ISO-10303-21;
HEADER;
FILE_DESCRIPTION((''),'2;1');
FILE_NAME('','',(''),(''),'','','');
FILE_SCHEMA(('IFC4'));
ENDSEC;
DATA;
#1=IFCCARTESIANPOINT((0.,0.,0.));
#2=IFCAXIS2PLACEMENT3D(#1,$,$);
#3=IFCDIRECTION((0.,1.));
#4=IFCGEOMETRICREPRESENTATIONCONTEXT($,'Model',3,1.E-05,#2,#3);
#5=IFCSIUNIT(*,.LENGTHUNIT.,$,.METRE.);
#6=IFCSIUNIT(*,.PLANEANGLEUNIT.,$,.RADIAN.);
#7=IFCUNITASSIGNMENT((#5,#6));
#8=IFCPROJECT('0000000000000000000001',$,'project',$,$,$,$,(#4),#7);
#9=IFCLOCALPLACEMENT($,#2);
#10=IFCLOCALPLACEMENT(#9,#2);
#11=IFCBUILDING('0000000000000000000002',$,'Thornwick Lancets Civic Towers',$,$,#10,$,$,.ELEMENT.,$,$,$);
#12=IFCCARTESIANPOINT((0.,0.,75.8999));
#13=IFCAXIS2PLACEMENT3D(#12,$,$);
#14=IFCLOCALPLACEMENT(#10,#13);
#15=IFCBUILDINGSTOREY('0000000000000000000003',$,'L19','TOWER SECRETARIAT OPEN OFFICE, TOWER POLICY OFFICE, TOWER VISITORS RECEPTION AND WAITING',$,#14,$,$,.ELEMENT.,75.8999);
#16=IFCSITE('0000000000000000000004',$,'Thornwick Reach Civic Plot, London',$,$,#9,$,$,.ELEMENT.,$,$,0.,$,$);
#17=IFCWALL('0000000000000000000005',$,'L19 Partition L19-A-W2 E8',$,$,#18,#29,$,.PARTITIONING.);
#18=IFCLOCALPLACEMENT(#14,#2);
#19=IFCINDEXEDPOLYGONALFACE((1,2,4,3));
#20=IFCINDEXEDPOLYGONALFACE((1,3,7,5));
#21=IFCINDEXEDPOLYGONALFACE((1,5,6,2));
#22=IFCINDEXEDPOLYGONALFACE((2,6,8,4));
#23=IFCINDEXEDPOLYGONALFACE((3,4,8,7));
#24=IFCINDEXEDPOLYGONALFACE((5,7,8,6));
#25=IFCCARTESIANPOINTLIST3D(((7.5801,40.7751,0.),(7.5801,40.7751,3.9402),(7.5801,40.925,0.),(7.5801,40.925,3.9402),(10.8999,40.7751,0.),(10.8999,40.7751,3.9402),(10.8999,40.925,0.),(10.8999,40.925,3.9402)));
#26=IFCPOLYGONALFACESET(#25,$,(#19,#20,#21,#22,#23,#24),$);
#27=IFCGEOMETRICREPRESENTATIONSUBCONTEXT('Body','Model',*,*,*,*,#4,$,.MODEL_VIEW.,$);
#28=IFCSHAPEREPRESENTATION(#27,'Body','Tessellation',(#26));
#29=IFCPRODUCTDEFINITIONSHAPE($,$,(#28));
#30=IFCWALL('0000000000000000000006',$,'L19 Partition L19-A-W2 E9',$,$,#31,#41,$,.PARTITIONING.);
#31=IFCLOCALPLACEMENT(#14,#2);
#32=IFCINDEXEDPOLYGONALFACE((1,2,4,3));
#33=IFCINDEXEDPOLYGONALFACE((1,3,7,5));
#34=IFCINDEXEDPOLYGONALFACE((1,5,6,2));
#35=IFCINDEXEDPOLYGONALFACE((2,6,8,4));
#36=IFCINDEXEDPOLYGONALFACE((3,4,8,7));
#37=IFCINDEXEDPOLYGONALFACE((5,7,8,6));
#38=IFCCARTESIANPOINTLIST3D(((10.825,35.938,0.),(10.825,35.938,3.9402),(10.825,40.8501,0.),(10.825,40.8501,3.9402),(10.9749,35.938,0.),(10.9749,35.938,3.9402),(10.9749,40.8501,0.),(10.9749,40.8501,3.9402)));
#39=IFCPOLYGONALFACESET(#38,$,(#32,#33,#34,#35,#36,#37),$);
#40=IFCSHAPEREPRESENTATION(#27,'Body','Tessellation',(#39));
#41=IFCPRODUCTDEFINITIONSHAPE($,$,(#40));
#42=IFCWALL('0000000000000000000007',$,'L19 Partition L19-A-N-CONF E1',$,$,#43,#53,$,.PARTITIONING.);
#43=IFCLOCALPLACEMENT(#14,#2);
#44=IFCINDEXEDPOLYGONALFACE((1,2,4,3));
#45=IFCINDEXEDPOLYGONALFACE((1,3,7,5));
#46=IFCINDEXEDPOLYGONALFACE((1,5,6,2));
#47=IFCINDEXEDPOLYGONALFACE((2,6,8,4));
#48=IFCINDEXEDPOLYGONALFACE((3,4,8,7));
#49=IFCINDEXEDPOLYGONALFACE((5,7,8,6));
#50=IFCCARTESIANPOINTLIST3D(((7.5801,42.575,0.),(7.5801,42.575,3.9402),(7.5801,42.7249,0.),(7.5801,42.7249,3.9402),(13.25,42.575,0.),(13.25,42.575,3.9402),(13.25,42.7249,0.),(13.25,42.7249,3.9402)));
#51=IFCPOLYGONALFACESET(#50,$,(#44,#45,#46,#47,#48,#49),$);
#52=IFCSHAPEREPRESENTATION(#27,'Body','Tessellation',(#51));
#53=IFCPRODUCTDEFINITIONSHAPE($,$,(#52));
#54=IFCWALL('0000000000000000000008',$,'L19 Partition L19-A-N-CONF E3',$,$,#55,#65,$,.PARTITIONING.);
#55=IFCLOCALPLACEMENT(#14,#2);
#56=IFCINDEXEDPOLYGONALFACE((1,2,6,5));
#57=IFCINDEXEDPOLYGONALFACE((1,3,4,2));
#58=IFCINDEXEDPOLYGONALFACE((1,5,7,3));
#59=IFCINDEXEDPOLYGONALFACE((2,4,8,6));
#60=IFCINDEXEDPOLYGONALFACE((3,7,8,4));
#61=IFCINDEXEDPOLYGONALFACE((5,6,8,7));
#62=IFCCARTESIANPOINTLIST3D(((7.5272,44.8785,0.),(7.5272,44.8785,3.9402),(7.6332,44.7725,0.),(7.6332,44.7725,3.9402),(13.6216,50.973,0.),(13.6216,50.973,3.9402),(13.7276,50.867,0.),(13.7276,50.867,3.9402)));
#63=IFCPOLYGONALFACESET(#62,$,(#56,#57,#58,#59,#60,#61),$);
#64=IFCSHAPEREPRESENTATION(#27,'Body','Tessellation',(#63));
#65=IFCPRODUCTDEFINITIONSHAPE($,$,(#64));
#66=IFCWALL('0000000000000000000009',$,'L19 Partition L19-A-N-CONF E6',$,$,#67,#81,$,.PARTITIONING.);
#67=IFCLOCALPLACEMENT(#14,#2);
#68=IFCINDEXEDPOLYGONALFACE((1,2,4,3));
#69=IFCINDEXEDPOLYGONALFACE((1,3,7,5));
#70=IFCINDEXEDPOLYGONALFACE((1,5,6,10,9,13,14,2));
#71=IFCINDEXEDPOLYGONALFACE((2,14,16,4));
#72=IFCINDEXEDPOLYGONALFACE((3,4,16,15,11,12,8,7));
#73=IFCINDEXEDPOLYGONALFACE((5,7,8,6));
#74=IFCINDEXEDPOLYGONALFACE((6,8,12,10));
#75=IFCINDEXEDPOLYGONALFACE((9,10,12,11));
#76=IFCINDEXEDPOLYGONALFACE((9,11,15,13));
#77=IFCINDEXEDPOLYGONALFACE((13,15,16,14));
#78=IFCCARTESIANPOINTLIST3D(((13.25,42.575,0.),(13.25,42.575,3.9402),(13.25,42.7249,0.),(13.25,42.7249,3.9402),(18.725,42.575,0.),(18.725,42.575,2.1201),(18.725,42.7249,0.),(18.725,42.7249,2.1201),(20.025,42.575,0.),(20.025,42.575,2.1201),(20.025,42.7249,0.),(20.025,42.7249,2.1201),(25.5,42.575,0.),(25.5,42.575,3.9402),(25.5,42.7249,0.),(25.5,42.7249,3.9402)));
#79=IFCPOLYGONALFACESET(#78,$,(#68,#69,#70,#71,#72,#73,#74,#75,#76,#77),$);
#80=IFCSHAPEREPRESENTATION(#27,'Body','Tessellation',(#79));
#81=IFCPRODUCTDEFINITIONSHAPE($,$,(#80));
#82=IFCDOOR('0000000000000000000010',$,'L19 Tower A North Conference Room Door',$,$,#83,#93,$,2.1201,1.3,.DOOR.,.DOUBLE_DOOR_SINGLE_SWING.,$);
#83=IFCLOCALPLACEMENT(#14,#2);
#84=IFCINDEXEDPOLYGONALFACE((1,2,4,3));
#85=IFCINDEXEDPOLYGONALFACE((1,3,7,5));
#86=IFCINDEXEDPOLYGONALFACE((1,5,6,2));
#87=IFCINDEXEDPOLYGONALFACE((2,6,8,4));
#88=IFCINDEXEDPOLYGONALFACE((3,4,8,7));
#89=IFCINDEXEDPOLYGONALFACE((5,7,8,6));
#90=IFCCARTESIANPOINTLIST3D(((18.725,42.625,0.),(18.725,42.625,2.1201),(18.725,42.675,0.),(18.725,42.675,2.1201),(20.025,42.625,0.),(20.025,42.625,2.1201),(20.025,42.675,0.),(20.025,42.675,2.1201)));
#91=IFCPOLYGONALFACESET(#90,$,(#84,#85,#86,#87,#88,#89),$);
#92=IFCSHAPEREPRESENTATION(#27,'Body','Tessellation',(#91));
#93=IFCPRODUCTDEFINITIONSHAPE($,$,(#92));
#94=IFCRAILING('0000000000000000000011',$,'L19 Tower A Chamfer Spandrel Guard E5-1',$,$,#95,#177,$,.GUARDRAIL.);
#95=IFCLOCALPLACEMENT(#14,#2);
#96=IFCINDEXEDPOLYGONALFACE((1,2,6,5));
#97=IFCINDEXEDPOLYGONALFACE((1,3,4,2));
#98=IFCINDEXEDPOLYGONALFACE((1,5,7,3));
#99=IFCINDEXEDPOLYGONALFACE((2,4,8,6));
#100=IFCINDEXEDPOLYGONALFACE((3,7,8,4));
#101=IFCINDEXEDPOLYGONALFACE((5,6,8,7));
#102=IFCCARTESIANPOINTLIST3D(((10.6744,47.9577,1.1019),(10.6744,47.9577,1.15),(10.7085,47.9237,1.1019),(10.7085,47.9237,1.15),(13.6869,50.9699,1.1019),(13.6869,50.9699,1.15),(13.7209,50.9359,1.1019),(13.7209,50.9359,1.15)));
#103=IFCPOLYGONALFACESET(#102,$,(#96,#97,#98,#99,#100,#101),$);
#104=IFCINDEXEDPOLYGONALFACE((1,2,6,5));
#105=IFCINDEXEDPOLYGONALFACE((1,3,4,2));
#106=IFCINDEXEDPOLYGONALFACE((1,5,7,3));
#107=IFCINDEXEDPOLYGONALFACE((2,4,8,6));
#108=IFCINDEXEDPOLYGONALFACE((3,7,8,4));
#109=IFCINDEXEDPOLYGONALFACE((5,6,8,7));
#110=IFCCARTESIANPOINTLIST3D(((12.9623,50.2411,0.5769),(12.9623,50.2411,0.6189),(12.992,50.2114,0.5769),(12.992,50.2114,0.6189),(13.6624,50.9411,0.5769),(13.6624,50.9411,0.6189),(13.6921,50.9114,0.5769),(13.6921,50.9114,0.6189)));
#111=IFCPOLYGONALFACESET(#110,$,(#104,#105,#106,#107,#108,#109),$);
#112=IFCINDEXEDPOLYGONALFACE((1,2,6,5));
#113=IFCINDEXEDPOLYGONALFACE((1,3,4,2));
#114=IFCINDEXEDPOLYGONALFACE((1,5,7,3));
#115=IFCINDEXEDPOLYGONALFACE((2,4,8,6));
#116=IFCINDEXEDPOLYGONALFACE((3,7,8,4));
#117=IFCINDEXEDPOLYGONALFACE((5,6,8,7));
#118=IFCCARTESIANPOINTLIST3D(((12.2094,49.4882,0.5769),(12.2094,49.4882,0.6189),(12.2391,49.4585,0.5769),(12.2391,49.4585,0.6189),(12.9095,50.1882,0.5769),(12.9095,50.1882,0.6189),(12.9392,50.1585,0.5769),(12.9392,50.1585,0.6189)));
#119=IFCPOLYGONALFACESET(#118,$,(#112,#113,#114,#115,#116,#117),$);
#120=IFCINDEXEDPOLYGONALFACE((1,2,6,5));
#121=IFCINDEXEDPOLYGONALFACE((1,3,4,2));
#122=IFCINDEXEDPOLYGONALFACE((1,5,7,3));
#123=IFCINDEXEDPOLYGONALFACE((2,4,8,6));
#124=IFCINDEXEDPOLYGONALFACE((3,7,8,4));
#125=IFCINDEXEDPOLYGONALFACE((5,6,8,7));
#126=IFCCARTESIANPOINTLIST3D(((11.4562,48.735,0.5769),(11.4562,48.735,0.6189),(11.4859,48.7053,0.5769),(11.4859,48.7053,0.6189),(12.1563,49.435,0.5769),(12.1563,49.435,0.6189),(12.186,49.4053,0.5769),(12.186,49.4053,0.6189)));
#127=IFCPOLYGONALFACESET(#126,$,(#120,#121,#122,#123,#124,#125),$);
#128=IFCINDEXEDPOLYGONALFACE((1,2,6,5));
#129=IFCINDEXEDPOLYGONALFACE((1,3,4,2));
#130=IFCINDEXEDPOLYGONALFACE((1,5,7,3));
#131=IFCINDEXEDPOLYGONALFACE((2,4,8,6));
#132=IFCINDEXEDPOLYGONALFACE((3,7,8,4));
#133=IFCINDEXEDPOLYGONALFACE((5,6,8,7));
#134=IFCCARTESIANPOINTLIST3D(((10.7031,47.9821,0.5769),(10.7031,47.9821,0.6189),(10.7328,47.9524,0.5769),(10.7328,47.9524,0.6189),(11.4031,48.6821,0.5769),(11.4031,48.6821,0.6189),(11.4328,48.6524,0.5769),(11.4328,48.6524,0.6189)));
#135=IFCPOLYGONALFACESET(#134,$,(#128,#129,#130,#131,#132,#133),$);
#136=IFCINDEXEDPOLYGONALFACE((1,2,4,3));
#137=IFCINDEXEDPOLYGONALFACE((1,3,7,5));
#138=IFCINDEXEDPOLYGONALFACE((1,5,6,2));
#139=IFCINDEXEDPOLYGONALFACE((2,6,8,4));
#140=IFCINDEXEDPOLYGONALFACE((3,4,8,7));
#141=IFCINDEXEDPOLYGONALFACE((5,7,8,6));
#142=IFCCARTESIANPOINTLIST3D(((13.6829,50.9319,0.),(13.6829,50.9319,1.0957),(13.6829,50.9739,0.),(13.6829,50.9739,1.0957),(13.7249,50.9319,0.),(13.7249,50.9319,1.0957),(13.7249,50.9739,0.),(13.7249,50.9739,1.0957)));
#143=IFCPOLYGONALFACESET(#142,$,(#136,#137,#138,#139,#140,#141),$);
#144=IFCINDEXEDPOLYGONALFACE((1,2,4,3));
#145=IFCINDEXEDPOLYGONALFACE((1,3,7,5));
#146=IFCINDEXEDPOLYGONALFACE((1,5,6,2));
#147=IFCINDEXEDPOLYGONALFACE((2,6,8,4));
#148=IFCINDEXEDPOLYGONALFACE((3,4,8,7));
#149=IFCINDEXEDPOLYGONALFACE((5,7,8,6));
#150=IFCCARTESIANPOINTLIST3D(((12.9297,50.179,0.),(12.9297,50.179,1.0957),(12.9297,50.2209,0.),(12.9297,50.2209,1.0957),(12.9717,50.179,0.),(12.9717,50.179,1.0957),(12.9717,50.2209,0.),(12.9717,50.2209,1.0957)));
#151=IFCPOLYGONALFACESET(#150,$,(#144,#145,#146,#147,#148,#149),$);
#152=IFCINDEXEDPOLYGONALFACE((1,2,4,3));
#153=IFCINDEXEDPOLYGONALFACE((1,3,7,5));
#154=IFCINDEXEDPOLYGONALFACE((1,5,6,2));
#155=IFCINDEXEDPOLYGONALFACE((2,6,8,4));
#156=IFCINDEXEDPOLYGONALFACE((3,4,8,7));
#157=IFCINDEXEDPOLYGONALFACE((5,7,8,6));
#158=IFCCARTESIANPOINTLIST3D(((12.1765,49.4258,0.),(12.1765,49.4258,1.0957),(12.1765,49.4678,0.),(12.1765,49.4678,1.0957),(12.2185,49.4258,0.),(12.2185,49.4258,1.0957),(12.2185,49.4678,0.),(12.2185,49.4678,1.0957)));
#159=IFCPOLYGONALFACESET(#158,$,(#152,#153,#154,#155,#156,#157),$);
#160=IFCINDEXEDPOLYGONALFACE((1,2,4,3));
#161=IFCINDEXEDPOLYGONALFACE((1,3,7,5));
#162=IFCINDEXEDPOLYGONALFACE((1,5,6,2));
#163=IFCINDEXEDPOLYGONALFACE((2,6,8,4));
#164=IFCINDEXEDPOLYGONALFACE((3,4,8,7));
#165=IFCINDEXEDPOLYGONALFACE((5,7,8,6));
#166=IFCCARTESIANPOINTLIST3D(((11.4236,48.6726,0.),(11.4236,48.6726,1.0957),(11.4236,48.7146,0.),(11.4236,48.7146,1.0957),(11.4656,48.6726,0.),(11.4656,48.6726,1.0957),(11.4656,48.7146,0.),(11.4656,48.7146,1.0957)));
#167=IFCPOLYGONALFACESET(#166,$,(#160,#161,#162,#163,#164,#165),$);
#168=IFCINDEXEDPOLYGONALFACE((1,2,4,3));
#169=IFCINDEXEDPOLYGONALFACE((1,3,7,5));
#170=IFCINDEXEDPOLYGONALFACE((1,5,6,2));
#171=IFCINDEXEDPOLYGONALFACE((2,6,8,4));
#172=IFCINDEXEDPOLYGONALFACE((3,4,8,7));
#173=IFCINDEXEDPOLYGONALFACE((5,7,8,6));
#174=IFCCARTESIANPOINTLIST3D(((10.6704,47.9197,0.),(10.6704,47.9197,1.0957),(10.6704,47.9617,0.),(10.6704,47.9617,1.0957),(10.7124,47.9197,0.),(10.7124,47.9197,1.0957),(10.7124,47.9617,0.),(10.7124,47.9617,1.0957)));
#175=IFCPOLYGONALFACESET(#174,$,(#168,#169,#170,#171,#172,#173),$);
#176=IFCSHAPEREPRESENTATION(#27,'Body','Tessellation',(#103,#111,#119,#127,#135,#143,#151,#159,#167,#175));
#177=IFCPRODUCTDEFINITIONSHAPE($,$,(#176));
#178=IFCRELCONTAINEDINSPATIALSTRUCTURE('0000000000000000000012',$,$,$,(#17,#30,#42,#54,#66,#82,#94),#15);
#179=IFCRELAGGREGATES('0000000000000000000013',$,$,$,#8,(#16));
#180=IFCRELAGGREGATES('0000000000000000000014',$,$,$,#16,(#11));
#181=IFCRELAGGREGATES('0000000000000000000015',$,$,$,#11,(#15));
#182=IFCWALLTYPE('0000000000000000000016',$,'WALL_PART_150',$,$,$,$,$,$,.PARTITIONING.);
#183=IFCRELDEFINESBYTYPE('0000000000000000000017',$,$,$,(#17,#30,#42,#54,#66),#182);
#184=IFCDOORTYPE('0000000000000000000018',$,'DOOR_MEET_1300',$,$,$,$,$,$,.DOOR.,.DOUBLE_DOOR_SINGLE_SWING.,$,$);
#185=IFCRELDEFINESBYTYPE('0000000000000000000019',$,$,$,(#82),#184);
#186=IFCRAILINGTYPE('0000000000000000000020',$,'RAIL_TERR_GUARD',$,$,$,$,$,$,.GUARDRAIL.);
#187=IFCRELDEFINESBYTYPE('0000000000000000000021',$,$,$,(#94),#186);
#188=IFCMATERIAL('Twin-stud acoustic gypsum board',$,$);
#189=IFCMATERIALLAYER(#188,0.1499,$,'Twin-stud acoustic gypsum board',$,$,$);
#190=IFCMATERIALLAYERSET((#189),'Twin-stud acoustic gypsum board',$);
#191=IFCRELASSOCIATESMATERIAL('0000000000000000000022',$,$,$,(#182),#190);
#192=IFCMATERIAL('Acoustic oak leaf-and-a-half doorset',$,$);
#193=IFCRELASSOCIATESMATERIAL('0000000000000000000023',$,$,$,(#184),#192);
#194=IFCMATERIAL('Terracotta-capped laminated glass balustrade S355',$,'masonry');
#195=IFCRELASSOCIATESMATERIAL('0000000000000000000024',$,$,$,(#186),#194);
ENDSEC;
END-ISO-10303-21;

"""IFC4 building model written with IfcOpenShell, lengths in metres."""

from ifc_helpers import new_model, si_unit, direction, frame, frame_2d, origin, origin_2d, place, context, subcontext, project, spatial, rectangle, extrude, material, layer, layer_set, type_object, element, fill, save


model = new_model("IFC4")

# Units and contexts
model_context = context("Model", 3, precision=1e-05, world=origin(), true_north=direction((0.0, 1.0)))
body_context = subcontext(model_context, "Body", "Model", "MODEL_VIEW")
ifc_project = project(units=[si_unit("LENGTHUNIT", "METRE"), si_unit("PLANEANGLEUNIT", "RADIAN")], contexts=[model_context])

# Site, building, storey
site_placement = place(None, origin())
site = spatial("IfcSite", under=ifc_project, at=site_placement, Name="Thornwick Reach Civic Plot, London", CompositionType="ELEMENT", RefElevation=0.0)
building_placement = place(site_placement, origin())
building = spatial("IfcBuilding", under=site, at=building_placement, Name="Thornwick Lancets Civic Towers", CompositionType="ELEMENT")
storey_placement = place(building_placement, frame((0.0, 0.0, 75.8999)))
storey = spatial("IfcBuildingStorey", under=building, at=storey_placement, Name="L19", Description="TOWER SECRETARIAT OPEN OFFICE, TOWER POLICY OFFICE, TOWER VISITORS RECEPTION AND WAITING", CompositionType="ELEMENT", Elevation=75.8999)

# Walls
ifc_material_1 = material(Name="Twin-stud acoustic gypsum board")
ifc_layer_1 = layer(ifc_material_1, 0.1499, Name="Twin-stud acoustic gypsum board")
ifc_layer_set_1 = layer_set([ifc_layer_1], Name="Twin-stud acoustic gypsum board")
wall_type_1 = type_object("IfcWallType", Name="WALL_PART_150", PredefinedType="PARTITIONING", material=ifc_layer_set_1)
wall_1_placement = place(storey_placement, frame((7.5801, 40.8501, 0.0), z_axis=(0.0, 0.0, 1.0), x_axis=(1.0, 0.0, 0.0)))
element("IfcWall", 1, at=wall_1_placement, inside=storey, type_object=wall_type_1, Name="L19 Partition L19-A-W2 E8", PredefinedType="PARTITIONING", context=body_context, shape_type="SweptSolid", body=[
    extrude(rectangle(XDim=3.3198, YDim=0.1499, at=frame_2d((1.6599, 0.0))), origin(), (0.0, 0.0, 1.0), 3.9402),
])
wall_2_placement = place(storey_placement, frame((10.8999, 40.8501, 0.0), z_axis=(0.0, 0.0, 1.0), x_axis=(0.0, -1.0, 0.0)))
element("IfcWall", 2, at=wall_2_placement, inside=storey, type_object=wall_type_1, Name="L19 Partition L19-A-W2 E9", PredefinedType="PARTITIONING", context=body_context, shape_type="SweptSolid", body=[
    extrude(rectangle(XDim=4.9121, YDim=0.1499, at=frame_2d((2.4561, 0.0))), origin(), (0.0, 0.0, 1.0), 3.9402),
])
wall_3_placement = place(storey_placement, frame((13.25, 42.6499, 0.0), z_axis=(0.0, 0.0, 1.0), x_axis=(-1.0, 0.0, 0.0)))
element("IfcWall", 3, at=wall_3_placement, inside=storey, type_object=wall_type_1, Name="L19 Partition L19-A-N-CONF E1", PredefinedType="PARTITIONING", context=body_context, shape_type="SweptSolid", body=[
    extrude(rectangle(XDim=5.6699, YDim=0.1499, at=frame_2d((2.835, 0.0))), origin(), (0.0, 0.0, 1.0), 3.9402),
])
wall_4_placement = place(storey_placement, frame((7.5801, 44.8254, 0.0), z_axis=(0.0, 0.0, 1.0), x_axis=(0.707107, 0.707107, 0.0)))
element("IfcWall", 4, at=wall_4_placement, inside=storey, type_object=wall_type_1, Name="L19 Partition L19-A-N-CONF E3", PredefinedType="PARTITIONING", context=body_context, shape_type="SweptSolid", body=[
    extrude(rectangle(XDim=8.6189, YDim=0.1499, at=frame_2d((4.3096, 0.0))), origin(), (0.0, 0.0, 1.0), 3.9402),
])

# Wall, opening, door
wall_5_placement = place(storey_placement, frame((25.5, 42.6499, 0.0), z_axis=(0.0, 0.0, 1.0), x_axis=(-1.0, 0.0, 0.0)))
wall_5 = element("IfcWall", 5, at=wall_5_placement, inside=storey, type_object=wall_type_1, Name="L19 Partition L19-A-N-CONF E6", PredefinedType="PARTITIONING", context=body_context, shape_type="SweptSolid", body=[
    extrude(rectangle(XDim=12.25, YDim=0.1499, at=frame_2d((6.125, 0.0))), origin(), (0.0, 0.0, 1.0), 3.9402),
])
opening_1_placement = place(wall_5_placement, frame((5.4751, 0.0, 0.0)))
opening_1 = element("IfcOpeningElement", 6, at=opening_1_placement, cuts=wall_5, PredefinedType="OPENING", context=body_context, shape_type="SweptSolid", body=[
    extrude(rectangle(XDim=1.3, YDim=2.1201, at=frame_2d((0.6499, 1.0601))), frame((0.0, 0.085, 0.0), z_axis=(0.0, -1.0, 0.0), x_axis=(1.0, 0.0, 0.0)), (0.0, 0.0, 1.0), 0.1699),
])
ifc_material_2 = material(Name="Acoustic oak leaf-and-a-half doorset")
door_type_1 = type_object("IfcDoorType", Name="DOOR_MEET_1300", OperationType="DOUBLE_DOOR_SINGLE_SWING", PredefinedType="DOOR", material=ifc_material_2)
door_1_placement = place(opening_1_placement, origin())
door_1 = element("IfcDoor", 7, at=door_1_placement, inside=storey, type_object=door_type_1, Name="L19 Tower A North Conference Room Door", OperationType="DOUBLE_DOOR_SINGLE_SWING", OverallHeight=2.1201, OverallWidth=1.3, PredefinedType="DOOR", context=body_context, shape_type="SweptSolid", body=[
    extrude(rectangle(XDim=1.3, YDim=2.1201, at=frame_2d((0.6499, 1.0601))), frame((0.0, 0.0249, 0.0), z_axis=(0.0, -1.0, 0.0), x_axis=(1.0, 0.0, 0.0)), (0.0, 0.0, 1.0), 0.05),
])
fill(opening_1, door_1)

# Railing
ifc_material_3 = material(Name="Terracotta-capped laminated glass balustrade S355", Category="masonry")
railing_type = type_object("IfcRailingType", Name="RAIL_TERR_GUARD", PredefinedType="GUARDRAIL", material=ifc_material_3)
railing_placement = place(storey_placement, frame((13.7039, 50.9529, 0.0)))
element("IfcRailing", 8, at=railing_placement, inside=storey, type_object=railing_type, Name="L19 Tower A Chamfer Spandrel Guard E5-1", PredefinedType="GUARDRAIL", context=body_context, shape_type="SweptSolid", body=[
    extrude(rectangle(XDim=0.0481, YDim=0.0481, at=origin_2d()), frame((0.0, 0.0, 1.126), z_axis=(-0.707135, -0.707078, 0.0), x_axis=(0.707078, -0.707135, 0.0)), (0.0, 0.0, 1.0), 4.26),
    extrude(rectangle(XDim=0.042, YDim=0.042, at=origin_2d()), frame((-0.0266, -0.0266, 0.5979), z_axis=(-0.707135, -0.707078, 0.0), x_axis=(0.707078, -0.707135, 0.0)), (0.0, 0.0, 1.0), 0.99),
    extrude(rectangle(XDim=0.042, YDim=0.042, at=origin_2d()), frame((-0.7795, -0.7795, 0.5979), z_axis=(-0.707135, -0.707078, 0.0), x_axis=(0.707078, -0.707135, 0.0)), (0.0, 0.0, 1.0), 0.99),
    extrude(rectangle(XDim=0.042, YDim=0.042, at=origin_2d()), frame((-1.5327, -1.5327, 0.5979), z_axis=(-0.707135, -0.707078, 0.0), x_axis=(0.707078, -0.707135, 0.0)), (0.0, 0.0, 1.0), 0.99),
    extrude(rectangle(XDim=0.042, YDim=0.042, at=origin_2d()), frame((-2.2859, -2.2856, 0.5979), z_axis=(-0.707135, -0.707078, 0.0), x_axis=(0.707078, -0.707135, 0.0)), (0.0, 0.0, 1.0), 0.99),
    extrude(rectangle(XDim=0.042, YDim=0.042, at=origin_2d()), origin(), (0.0, 0.0, 1.0), 1.0957),
    extrude(rectangle(XDim=0.042, YDim=0.042, at=origin_2d()), frame((-0.7532, -0.7529, 0.0)), (0.0, 0.0, 1.0), 1.0957),
    extrude(rectangle(XDim=0.042, YDim=0.042, at=origin_2d()), frame((-1.5063, -1.5061, 0.0)), (0.0, 0.0, 1.0), 1.0957),
    extrude(rectangle(XDim=0.042, YDim=0.042, at=origin_2d()), frame((-2.2593, -2.2593, 0.0)), (0.0, 0.0, 1.0), 1.0957),
    extrude(rectangle(XDim=0.042, YDim=0.042, at=origin_2d()), frame((-3.0125, -3.0122, 0.0)), (0.0, 0.0, 1.0), 1.0957),
])

save(model, "model.ifc")
